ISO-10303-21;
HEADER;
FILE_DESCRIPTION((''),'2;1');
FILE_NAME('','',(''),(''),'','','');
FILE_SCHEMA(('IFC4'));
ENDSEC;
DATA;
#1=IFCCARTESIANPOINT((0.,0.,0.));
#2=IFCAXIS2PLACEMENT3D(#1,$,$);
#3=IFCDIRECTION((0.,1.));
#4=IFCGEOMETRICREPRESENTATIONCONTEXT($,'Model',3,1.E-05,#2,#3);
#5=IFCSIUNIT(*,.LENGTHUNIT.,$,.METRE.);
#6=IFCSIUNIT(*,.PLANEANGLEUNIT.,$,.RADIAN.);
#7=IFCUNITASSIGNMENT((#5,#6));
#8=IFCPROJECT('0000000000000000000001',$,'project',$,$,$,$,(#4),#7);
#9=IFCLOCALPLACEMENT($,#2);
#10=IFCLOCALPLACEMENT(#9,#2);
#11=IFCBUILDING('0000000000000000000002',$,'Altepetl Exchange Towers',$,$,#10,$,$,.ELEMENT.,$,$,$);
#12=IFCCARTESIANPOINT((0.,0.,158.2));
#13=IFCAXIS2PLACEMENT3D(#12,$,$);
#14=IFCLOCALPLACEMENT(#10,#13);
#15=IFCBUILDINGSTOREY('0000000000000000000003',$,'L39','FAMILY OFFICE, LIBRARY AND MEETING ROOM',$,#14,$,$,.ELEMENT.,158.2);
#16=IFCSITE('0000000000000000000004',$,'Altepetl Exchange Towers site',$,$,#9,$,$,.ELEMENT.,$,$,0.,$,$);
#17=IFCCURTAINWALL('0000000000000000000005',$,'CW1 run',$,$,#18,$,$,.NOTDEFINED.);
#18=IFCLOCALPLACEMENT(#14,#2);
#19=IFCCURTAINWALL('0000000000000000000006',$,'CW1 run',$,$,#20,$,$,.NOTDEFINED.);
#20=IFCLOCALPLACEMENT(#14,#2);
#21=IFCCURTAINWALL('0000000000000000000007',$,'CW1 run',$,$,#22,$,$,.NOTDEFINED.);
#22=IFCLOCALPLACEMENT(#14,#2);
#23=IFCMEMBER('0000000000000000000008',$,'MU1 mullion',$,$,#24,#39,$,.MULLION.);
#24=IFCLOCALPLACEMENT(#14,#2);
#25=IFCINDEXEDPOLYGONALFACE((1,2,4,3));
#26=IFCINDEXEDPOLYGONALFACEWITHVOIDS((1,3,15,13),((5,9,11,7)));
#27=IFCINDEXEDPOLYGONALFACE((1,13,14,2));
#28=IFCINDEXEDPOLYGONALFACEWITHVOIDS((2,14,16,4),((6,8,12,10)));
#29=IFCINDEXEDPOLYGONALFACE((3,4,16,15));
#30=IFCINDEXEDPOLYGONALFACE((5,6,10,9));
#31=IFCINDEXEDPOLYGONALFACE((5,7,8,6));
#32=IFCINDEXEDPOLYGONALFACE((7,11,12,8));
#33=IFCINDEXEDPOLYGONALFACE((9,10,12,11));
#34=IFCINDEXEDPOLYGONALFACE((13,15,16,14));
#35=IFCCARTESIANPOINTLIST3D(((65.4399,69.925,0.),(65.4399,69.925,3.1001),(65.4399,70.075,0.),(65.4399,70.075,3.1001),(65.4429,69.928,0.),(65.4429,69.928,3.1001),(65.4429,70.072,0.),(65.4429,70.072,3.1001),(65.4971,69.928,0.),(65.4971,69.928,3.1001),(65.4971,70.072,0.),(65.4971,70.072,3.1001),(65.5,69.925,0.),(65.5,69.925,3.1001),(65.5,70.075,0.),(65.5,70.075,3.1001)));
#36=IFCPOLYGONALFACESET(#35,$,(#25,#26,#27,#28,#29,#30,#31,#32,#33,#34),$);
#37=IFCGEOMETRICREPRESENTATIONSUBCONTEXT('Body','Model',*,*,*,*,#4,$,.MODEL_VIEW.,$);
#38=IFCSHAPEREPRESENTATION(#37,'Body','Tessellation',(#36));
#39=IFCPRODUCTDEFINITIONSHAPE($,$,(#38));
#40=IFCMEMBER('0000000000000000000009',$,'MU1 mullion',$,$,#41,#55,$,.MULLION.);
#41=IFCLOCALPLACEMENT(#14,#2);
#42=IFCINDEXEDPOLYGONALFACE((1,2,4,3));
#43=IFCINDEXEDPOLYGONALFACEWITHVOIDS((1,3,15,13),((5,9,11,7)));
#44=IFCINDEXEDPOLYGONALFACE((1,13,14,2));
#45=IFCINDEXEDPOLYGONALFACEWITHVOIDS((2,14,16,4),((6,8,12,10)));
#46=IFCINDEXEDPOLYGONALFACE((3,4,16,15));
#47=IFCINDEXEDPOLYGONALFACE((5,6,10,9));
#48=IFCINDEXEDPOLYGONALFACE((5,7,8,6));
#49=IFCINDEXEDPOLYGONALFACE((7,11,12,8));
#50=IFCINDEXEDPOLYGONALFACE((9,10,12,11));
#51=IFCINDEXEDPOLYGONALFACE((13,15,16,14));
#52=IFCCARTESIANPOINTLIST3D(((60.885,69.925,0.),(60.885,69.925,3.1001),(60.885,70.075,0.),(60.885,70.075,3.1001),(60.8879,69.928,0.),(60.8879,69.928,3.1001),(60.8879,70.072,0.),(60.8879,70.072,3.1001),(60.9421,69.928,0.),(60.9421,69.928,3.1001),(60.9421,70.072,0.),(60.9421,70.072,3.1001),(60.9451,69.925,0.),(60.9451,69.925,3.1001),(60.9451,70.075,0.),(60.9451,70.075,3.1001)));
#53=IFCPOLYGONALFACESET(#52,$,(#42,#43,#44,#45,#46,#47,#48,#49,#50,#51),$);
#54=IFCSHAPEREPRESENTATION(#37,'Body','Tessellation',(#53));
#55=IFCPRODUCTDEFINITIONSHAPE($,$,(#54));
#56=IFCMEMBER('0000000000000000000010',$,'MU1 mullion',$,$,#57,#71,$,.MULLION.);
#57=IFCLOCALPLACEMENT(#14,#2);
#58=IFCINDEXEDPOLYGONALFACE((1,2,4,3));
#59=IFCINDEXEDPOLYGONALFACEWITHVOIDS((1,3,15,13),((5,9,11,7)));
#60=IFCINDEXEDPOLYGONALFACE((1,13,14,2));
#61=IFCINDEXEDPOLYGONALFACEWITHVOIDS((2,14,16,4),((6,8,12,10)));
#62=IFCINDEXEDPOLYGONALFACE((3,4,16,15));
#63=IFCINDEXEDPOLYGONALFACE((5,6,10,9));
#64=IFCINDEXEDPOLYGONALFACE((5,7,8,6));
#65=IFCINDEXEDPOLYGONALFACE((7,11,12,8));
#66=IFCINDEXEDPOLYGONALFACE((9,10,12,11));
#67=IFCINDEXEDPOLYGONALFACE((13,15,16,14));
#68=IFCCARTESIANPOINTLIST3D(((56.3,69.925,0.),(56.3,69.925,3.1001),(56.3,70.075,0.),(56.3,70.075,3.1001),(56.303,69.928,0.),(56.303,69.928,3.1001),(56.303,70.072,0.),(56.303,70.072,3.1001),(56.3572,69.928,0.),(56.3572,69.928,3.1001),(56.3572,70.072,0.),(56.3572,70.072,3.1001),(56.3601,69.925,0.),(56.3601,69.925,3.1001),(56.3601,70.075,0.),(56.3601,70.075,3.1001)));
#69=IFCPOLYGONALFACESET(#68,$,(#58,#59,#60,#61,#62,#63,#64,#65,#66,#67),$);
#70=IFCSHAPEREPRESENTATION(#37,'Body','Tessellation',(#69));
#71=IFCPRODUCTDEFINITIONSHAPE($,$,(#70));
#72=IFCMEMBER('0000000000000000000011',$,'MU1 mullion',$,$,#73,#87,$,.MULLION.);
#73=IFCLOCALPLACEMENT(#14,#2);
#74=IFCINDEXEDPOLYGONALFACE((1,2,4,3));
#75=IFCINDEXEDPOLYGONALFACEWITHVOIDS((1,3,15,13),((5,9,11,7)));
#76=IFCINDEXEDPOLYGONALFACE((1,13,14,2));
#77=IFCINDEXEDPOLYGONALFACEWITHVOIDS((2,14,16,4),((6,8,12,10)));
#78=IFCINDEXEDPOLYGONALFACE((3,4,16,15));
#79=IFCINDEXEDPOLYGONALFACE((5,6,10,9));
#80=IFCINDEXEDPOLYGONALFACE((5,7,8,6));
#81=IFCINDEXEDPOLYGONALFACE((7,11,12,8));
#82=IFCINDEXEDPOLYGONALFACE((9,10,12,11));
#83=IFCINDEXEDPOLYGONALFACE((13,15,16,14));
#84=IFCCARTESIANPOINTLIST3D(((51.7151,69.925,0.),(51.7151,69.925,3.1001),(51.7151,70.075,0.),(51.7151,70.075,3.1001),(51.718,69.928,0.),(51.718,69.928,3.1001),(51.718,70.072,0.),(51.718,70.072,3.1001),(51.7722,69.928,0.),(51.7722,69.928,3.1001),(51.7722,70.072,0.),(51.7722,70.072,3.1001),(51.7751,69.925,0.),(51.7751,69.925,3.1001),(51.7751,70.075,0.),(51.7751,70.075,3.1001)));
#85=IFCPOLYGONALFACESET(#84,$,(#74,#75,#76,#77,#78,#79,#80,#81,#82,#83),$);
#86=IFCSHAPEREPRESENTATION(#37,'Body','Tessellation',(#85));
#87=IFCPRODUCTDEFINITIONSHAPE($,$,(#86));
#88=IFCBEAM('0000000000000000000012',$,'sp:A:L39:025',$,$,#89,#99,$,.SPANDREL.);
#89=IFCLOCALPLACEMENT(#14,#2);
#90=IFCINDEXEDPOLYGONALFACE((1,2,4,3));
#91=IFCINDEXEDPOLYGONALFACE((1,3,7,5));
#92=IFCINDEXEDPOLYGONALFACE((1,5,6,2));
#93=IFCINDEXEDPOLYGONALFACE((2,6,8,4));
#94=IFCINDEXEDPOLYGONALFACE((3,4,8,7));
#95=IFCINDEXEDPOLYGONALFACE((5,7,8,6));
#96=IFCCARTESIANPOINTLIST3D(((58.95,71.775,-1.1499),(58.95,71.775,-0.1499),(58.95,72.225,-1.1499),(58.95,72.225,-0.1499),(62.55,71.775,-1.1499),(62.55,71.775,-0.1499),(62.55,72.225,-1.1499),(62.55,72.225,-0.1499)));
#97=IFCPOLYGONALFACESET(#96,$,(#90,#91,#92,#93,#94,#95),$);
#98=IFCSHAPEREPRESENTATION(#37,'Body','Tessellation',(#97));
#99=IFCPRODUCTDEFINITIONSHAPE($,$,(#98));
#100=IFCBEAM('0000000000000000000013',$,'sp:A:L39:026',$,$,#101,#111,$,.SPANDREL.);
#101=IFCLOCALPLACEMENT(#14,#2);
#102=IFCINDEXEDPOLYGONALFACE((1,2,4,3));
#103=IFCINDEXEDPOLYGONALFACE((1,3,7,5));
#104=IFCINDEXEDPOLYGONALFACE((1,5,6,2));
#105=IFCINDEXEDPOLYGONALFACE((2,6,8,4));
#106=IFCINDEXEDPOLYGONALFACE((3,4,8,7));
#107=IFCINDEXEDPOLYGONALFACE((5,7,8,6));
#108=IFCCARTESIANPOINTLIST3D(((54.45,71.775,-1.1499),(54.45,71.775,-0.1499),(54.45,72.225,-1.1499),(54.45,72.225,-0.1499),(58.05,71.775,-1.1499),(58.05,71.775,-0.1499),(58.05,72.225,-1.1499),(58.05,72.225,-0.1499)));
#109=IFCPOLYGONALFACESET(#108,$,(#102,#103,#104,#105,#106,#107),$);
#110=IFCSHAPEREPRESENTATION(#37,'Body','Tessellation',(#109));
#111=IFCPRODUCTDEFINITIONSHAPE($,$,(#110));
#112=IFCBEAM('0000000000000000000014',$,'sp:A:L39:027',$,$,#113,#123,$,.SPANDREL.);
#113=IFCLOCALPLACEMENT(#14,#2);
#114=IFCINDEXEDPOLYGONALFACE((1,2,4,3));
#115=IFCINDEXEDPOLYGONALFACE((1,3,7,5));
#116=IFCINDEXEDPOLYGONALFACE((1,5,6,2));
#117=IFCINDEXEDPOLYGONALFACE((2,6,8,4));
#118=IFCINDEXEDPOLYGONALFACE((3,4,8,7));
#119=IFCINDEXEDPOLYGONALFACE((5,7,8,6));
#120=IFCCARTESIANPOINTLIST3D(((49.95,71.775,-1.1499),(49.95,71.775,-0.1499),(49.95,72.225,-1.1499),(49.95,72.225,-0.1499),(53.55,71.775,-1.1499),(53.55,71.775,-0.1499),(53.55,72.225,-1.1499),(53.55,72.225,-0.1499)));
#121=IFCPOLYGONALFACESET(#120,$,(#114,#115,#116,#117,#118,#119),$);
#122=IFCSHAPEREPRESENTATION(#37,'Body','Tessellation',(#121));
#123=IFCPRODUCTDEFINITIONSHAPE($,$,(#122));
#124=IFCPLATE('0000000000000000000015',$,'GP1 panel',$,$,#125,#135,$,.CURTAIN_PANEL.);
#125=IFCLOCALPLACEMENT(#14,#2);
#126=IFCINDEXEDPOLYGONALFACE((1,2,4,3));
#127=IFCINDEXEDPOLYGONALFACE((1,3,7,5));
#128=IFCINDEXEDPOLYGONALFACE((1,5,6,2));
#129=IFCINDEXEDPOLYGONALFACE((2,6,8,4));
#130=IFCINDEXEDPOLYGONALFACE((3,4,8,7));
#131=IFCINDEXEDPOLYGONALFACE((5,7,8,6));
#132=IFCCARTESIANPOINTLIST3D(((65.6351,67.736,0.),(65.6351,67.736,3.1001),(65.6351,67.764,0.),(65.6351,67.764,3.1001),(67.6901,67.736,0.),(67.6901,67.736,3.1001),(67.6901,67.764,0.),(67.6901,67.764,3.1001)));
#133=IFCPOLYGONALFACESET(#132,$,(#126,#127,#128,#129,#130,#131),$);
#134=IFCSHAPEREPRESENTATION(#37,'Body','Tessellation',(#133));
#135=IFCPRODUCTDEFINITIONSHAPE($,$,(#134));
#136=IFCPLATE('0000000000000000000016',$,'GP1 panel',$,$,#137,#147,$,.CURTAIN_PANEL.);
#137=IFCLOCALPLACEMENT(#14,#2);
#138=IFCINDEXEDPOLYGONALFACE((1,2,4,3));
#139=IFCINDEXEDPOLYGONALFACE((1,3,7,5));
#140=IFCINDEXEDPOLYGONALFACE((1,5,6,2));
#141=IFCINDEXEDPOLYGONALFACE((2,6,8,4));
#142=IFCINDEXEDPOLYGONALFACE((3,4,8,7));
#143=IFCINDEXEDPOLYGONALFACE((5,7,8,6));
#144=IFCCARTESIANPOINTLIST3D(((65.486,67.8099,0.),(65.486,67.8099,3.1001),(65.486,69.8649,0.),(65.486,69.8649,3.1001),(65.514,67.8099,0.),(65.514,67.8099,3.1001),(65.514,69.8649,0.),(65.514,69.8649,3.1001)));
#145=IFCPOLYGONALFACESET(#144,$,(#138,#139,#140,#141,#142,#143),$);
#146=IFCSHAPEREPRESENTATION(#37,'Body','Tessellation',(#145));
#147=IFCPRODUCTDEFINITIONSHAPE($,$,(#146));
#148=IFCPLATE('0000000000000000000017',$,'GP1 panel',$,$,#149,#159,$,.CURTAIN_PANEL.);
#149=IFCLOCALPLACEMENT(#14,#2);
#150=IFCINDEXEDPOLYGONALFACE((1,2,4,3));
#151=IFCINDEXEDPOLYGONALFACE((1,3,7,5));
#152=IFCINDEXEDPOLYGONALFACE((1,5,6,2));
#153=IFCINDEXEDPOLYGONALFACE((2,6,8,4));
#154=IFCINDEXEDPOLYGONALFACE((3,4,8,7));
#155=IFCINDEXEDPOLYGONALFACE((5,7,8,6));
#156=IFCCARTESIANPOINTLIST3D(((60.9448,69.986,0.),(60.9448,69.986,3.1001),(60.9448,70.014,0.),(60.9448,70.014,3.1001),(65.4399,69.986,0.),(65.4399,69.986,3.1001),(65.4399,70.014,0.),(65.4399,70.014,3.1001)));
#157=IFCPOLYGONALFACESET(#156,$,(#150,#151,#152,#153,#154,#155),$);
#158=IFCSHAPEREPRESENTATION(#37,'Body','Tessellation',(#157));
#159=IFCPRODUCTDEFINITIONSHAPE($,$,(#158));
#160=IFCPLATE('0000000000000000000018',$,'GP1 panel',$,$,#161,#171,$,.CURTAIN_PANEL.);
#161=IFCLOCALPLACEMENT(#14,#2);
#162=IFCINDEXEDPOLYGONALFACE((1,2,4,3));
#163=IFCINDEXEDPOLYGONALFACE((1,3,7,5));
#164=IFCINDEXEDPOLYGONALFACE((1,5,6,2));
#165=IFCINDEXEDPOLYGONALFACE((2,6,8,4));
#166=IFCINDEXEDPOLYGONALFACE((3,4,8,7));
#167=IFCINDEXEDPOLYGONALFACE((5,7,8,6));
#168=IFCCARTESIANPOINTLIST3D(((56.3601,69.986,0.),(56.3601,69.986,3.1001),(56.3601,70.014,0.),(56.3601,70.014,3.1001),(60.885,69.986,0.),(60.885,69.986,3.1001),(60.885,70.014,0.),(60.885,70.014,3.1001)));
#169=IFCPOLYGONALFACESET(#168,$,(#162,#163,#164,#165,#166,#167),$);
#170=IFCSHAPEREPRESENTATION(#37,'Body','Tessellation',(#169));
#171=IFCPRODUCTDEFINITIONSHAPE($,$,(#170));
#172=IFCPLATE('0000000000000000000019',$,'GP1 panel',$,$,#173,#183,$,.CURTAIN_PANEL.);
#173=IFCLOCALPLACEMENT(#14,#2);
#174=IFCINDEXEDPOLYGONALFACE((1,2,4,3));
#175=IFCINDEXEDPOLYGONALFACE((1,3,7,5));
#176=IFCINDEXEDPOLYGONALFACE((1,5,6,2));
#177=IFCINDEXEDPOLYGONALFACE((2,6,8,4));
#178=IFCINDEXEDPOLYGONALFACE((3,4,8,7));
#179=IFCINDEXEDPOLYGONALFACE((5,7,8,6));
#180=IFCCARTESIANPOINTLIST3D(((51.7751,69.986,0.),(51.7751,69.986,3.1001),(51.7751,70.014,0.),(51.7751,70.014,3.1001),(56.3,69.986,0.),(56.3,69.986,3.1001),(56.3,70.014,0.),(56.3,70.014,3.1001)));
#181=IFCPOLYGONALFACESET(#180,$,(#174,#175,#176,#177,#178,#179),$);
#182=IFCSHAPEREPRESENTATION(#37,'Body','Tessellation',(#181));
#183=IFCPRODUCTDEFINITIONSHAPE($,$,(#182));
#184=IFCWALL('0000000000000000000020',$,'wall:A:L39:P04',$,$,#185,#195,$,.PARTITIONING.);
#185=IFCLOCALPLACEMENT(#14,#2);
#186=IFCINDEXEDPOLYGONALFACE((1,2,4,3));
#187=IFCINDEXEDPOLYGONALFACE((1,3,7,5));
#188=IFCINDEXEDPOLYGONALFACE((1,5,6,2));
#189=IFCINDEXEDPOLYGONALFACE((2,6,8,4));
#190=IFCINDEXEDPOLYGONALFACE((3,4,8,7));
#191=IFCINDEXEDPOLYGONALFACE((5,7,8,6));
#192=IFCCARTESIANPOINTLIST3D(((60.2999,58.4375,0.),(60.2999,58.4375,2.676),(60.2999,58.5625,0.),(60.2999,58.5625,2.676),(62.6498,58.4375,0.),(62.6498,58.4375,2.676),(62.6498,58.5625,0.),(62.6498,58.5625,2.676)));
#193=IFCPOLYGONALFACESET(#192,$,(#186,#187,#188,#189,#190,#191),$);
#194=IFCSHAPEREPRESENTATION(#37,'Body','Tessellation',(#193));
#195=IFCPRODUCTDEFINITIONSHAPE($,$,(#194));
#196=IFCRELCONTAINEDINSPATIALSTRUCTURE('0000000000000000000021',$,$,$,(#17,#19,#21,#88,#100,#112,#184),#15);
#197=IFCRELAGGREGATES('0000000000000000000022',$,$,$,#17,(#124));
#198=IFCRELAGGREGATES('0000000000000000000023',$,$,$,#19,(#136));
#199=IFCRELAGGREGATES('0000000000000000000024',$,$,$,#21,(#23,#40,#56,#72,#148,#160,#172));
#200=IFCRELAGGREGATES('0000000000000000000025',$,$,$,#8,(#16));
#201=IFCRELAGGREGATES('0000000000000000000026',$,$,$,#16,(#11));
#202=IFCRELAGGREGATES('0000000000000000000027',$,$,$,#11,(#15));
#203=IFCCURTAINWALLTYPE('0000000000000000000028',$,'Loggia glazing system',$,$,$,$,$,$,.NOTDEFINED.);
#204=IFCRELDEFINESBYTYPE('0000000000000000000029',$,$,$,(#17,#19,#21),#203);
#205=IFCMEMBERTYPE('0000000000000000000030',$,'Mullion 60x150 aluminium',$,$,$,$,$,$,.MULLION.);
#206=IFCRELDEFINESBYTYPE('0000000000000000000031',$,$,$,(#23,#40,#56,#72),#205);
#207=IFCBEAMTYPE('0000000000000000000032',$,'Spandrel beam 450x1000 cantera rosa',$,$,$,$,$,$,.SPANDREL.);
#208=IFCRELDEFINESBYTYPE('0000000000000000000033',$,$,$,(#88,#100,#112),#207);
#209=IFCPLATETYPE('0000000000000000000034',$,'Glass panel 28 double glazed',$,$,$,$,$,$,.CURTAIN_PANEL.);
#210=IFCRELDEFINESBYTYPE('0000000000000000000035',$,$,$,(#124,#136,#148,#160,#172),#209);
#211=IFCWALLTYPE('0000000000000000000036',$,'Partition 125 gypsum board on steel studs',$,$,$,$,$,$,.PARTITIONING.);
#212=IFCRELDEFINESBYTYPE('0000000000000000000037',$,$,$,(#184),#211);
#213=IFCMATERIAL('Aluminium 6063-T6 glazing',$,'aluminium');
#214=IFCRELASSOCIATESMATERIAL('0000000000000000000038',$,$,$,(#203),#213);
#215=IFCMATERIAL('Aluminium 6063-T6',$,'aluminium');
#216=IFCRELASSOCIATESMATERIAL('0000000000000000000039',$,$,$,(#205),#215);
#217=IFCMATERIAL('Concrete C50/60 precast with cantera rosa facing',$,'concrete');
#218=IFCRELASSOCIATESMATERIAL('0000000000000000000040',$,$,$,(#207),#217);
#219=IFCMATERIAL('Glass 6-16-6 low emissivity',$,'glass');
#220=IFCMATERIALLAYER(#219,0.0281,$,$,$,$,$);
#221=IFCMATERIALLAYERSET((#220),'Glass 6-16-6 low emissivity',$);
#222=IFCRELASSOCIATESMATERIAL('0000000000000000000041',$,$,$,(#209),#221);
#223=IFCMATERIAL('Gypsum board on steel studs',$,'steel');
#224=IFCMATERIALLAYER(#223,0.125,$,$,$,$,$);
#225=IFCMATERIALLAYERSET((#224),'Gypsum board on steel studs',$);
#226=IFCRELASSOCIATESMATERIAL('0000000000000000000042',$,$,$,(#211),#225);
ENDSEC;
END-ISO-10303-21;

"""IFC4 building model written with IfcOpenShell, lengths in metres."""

from ifc_helpers import new_model, si_unit, direction, frame, frame_2d, origin, origin_2d, place, context, subcontext, project, spatial, rectangle, hollow_rectangle, extrude, material, layer, layer_set, material_profile, profile_set, type_object, element, aggregate, save


model = new_model("IFC4")

# Units and contexts
model_context = context("Model", 3, precision=1e-05, world=origin(), true_north=direction((0.0, 1.0)))
body_context = subcontext(model_context, "Body", "Model", "MODEL_VIEW")
ifc_project = project(units=[si_unit("LENGTHUNIT", "METRE"), si_unit("PLANEANGLEUNIT", "RADIAN")], contexts=[model_context])

# Site, building, storey
site_placement = place(None, origin())
site = spatial("IfcSite", under=ifc_project, at=site_placement, Name="Altepetl Exchange Towers site", CompositionType="ELEMENT", RefElevation=0.0)
building_placement = place(site_placement, origin())
building = spatial("IfcBuilding", under=site, at=building_placement, Name="Altepetl Exchange Towers", CompositionType="ELEMENT")
storey_placement = place(building_placement, frame((0.0, 0.0, 158.2)))
storey = spatial("IfcBuildingStorey", under=building, at=storey_placement, Name="L39", Description="FAMILY OFFICE, LIBRARY AND MEETING ROOM", CompositionType="ELEMENT", Elevation=158.2)

# Curtain wall
ifc_material_1 = material(Name="Aluminium 6063-T6 glazing", Category="aluminium")
curtain_wall_type = type_object("IfcCurtainWallType", Name="Loggia glazing system", PredefinedType="NOTDEFINED", material=ifc_material_1)
curtain_wall_1_placement = place(storey_placement, origin())
curtain_wall_1 = element("IfcCurtainWall", 1, at=curtain_wall_1_placement, inside=storey, type_object=curtain_wall_type, Name="CW1 run", PredefinedType="NOTDEFINED")
ifc_material_2 = material(Name="Aluminium 6063-T6", Category="aluminium")
ifc_material_profile_1 = material_profile(ifc_material_2, hollow_rectangle(XDim=0.0601, YDim=0.1499, WallThickness=0.0029, at=origin_2d()), Name="Mullion 60x150 aluminium")
ifc_profile_set_1 = profile_set([ifc_material_profile_1], Name="Aluminium 6063-T6")
member_type = type_object("IfcMemberType", Name="Mullion 60x150 aluminium", PredefinedType="MULLION", material=ifc_profile_set_1)

# Curtain walls, members
curtain_wall_2_placement = place(storey_placement, origin())
curtain_wall_2 = element("IfcCurtainWall", 2, at=curtain_wall_2_placement, inside=storey, type_object=curtain_wall_type, Name="CW1 run", PredefinedType="NOTDEFINED")
curtain_wall_3_placement = place(storey_placement, origin())
curtain_wall_3 = element("IfcCurtainWall", 3, at=curtain_wall_3_placement, inside=storey, type_object=curtain_wall_type, Name="CW1 run", PredefinedType="NOTDEFINED")
member_1_placement = place(storey_placement, frame((65.47, 70.0, 0.0), z_axis=(0.0, 0.0, 1.0), x_axis=(-1.0, 0.0, 0.0)))
member_1 = element("IfcMember", 4, at=member_1_placement, type_object=member_type, Name="MU1 mullion", PredefinedType="MULLION", context=body_context, shape_type="SweptSolid", body=[
    extrude(hollow_rectangle(XDim=0.0601, YDim=0.1499, WallThickness=0.0029, at=origin_2d()), origin(), (0.0, 0.0, 1.0), 3.1001),
])
member_2_placement = place(storey_placement, frame((60.915, 70.0, 0.0), z_axis=(0.0, 0.0, 1.0), x_axis=(-1.0, 0.0, 0.0)))
member_2 = element("IfcMember", 5, at=member_2_placement, type_object=member_type, Name="MU1 mullion", PredefinedType="MULLION", context=body_context, shape_type="SweptSolid", body=[
    extrude(hollow_rectangle(XDim=0.0601, YDim=0.1499, WallThickness=0.0029, at=origin_2d()), origin(), (0.0, 0.0, 1.0), 3.1001),
])
member_3_placement = place(storey_placement, frame((56.3301, 70.0, 0.0), z_axis=(0.0, 0.0, 1.0), x_axis=(-1.0, 0.0, 0.0)))
member_3 = element("IfcMember", 6, at=member_3_placement, type_object=member_type, Name="MU1 mullion", PredefinedType="MULLION", context=body_context, shape_type="SweptSolid", body=[
    extrude(hollow_rectangle(XDim=0.0601, YDim=0.1499, WallThickness=0.0029, at=origin_2d()), origin(), (0.0, 0.0, 1.0), 3.1001),
])
member_4_placement = place(storey_placement, frame((51.7451, 70.0, 0.0), z_axis=(0.0, 0.0, 1.0), x_axis=(-1.0, 0.0, 0.0)))
member_4 = element("IfcMember", 7, at=member_4_placement, type_object=member_type, Name="MU1 mullion", PredefinedType="MULLION", context=body_context, shape_type="SweptSolid", body=[
    extrude(hollow_rectangle(XDim=0.0601, YDim=0.1499, WallThickness=0.0029, at=origin_2d()), origin(), (0.0, 0.0, 1.0), 3.1001),
])

# Beams
ifc_material_3 = material(Name="Concrete C50/60 precast with cantera rosa facing", Category="concrete")
ifc_material_profile_2 = material_profile(ifc_material_3, rectangle(XDim=0.45, YDim=1.0, at=origin_2d()), Name="450 x 1000")
ifc_profile_set_2 = profile_set([ifc_material_profile_2], Name="Concrete C50/60 precast with cantera rosa facing")
beam_type_1 = type_object("IfcBeamType", Name="Spandrel beam 450x1000 cantera rosa", PredefinedType="SPANDREL", material=ifc_profile_set_2)
for number, where, z_axis, x_axis, name in (
    (8, (62.55, 72.0, -0.6499), (-1.0, 0.0, 0.0), (0.0, -1.0, 0.0), "sp:A:L39:025"),
    (9, (58.05, 72.0, -0.6499), (-1.0, 0.0, 0.0), (0.0, -1.0, 0.0), "sp:A:L39:026"),
    (10, (53.55, 72.0, -0.6499), (-1.0, 0.0, 0.0), (0.0, -1.0, 0.0), "sp:A:L39:027"),
):
    element("IfcBeam", number, at=place(storey_placement, frame(where, z_axis=z_axis, x_axis=x_axis)), inside=storey, type_object=beam_type_1, Name=name, PredefinedType="SPANDREL", context=body_context, shape_type="SweptSolid", body=[
        extrude(rectangle(XDim=0.45, YDim=1.0, at=origin_2d()), origin(), (0.0, 0.0, 1.0), 3.6001),
    ])

# Plates
ifc_material_4 = material(Name="Glass 6-16-6 low emissivity", Category="glass")
ifc_layer_1 = layer(ifc_material_4, 0.0281)
ifc_layer_set_1 = layer_set([ifc_layer_1], Name="Glass 6-16-6 low emissivity")
plate_type = type_object("IfcPlateType", Name="Glass panel 28 double glazed", PredefinedType="CURTAIN_PANEL", material=ifc_layer_set_1)
plate_1_placement = place(storey_placement, frame((66.6626, 67.75, 0.0), z_axis=(0.0, 0.0, 1.0), x_axis=(-1.0, 0.0, 0.0)))
plate_1 = element("IfcPlate", 11, at=plate_1_placement, type_object=plate_type, Name="GP1 panel", PredefinedType="CURTAIN_PANEL", context=body_context, shape_type="SweptSolid", body=[
    extrude(rectangle(XDim=2.0549, YDim=0.0281, at=origin_2d()), origin(), (0.0, 0.0, 1.0), 3.1001),
])
aggregate(curtain_wall_1, [plate_1])
plate_2_placement = place(storey_placement, frame((65.5, 68.8374, 0.0), z_axis=(0.0, 0.0, 1.0), x_axis=(0.0, 1.0, 0.0)))
plate_2 = element("IfcPlate", 12, at=plate_2_placement, type_object=plate_type, Name="GP1 panel", PredefinedType="CURTAIN_PANEL", context=body_context, shape_type="SweptSolid", body=[
    extrude(rectangle(XDim=2.0549, YDim=0.0281, at=origin_2d()), origin(), (0.0, 0.0, 1.0), 3.1001),
])
aggregate(curtain_wall_2, [plate_2])
plate_3_placement = place(storey_placement, frame((63.1924, 70.0, 0.0), z_axis=(0.0, 0.0, 1.0), x_axis=(-1.0, 0.0, 0.0)))
plate_3 = element("IfcPlate", 13, at=plate_3_placement, type_object=plate_type, Name="GP1 panel", PredefinedType="CURTAIN_PANEL", context=body_context, shape_type="SweptSolid", body=[
    extrude(rectangle(XDim=4.4951, YDim=0.0281, at=origin_2d()), origin(), (0.0, 0.0, 1.0), 3.1001),
])
plate_4_placement = place(storey_placement, frame((58.6226, 70.0, 0.0), z_axis=(0.0, 0.0, 1.0), x_axis=(-1.0, 0.0, 0.0)))
plate_4 = element("IfcPlate", 14, at=plate_4_placement, type_object=plate_type, Name="GP1 panel", PredefinedType="CURTAIN_PANEL", context=body_context, shape_type="SweptSolid", body=[
    extrude(rectangle(XDim=4.5249, YDim=0.0281, at=origin_2d()), origin(), (0.0, 0.0, 1.0), 3.1001),
])
plate_5_placement = place(storey_placement, frame((54.0376, 70.0, 0.0), z_axis=(0.0, 0.0, 1.0), x_axis=(-1.0, 0.0, 0.0)))
plate_5 = element("IfcPlate", 15, at=plate_5_placement, type_object=plate_type, Name="GP1 panel", PredefinedType="CURTAIN_PANEL", context=body_context, shape_type="SweptSolid", body=[
    extrude(rectangle(XDim=4.5249, YDim=0.0281, at=origin_2d()), origin(), (0.0, 0.0, 1.0), 3.1001),
])
aggregate(curtain_wall_3, [member_1, member_2, member_3, member_4, plate_3, plate_4, plate_5])

# Wall
ifc_material_5 = material(Name="Gypsum board on steel studs", Category="steel")
ifc_layer_2 = layer(ifc_material_5, 0.125)
ifc_layer_set_2 = layer_set([ifc_layer_2], Name="Gypsum board on steel studs")
wall_type = type_object("IfcWallType", Name="Partition 125 gypsum board on steel studs", PredefinedType="PARTITIONING", material=ifc_layer_set_2)
wall_1_placement = place(storey_placement, frame((60.3, 58.5, 0.0)))
element("IfcWall", 16, at=wall_1_placement, inside=storey, type_object=wall_type, Name="wall:A:L39:P04", PredefinedType="PARTITIONING", context=body_context, shape_type="SweptSolid", body=[
    extrude(rectangle(XDim=2.3499, YDim=0.125, at=frame_2d((1.1748, 0.0))), origin(), (0.0, 0.0, 1.0), 2.676),
])

save(model, "model.ifc")
